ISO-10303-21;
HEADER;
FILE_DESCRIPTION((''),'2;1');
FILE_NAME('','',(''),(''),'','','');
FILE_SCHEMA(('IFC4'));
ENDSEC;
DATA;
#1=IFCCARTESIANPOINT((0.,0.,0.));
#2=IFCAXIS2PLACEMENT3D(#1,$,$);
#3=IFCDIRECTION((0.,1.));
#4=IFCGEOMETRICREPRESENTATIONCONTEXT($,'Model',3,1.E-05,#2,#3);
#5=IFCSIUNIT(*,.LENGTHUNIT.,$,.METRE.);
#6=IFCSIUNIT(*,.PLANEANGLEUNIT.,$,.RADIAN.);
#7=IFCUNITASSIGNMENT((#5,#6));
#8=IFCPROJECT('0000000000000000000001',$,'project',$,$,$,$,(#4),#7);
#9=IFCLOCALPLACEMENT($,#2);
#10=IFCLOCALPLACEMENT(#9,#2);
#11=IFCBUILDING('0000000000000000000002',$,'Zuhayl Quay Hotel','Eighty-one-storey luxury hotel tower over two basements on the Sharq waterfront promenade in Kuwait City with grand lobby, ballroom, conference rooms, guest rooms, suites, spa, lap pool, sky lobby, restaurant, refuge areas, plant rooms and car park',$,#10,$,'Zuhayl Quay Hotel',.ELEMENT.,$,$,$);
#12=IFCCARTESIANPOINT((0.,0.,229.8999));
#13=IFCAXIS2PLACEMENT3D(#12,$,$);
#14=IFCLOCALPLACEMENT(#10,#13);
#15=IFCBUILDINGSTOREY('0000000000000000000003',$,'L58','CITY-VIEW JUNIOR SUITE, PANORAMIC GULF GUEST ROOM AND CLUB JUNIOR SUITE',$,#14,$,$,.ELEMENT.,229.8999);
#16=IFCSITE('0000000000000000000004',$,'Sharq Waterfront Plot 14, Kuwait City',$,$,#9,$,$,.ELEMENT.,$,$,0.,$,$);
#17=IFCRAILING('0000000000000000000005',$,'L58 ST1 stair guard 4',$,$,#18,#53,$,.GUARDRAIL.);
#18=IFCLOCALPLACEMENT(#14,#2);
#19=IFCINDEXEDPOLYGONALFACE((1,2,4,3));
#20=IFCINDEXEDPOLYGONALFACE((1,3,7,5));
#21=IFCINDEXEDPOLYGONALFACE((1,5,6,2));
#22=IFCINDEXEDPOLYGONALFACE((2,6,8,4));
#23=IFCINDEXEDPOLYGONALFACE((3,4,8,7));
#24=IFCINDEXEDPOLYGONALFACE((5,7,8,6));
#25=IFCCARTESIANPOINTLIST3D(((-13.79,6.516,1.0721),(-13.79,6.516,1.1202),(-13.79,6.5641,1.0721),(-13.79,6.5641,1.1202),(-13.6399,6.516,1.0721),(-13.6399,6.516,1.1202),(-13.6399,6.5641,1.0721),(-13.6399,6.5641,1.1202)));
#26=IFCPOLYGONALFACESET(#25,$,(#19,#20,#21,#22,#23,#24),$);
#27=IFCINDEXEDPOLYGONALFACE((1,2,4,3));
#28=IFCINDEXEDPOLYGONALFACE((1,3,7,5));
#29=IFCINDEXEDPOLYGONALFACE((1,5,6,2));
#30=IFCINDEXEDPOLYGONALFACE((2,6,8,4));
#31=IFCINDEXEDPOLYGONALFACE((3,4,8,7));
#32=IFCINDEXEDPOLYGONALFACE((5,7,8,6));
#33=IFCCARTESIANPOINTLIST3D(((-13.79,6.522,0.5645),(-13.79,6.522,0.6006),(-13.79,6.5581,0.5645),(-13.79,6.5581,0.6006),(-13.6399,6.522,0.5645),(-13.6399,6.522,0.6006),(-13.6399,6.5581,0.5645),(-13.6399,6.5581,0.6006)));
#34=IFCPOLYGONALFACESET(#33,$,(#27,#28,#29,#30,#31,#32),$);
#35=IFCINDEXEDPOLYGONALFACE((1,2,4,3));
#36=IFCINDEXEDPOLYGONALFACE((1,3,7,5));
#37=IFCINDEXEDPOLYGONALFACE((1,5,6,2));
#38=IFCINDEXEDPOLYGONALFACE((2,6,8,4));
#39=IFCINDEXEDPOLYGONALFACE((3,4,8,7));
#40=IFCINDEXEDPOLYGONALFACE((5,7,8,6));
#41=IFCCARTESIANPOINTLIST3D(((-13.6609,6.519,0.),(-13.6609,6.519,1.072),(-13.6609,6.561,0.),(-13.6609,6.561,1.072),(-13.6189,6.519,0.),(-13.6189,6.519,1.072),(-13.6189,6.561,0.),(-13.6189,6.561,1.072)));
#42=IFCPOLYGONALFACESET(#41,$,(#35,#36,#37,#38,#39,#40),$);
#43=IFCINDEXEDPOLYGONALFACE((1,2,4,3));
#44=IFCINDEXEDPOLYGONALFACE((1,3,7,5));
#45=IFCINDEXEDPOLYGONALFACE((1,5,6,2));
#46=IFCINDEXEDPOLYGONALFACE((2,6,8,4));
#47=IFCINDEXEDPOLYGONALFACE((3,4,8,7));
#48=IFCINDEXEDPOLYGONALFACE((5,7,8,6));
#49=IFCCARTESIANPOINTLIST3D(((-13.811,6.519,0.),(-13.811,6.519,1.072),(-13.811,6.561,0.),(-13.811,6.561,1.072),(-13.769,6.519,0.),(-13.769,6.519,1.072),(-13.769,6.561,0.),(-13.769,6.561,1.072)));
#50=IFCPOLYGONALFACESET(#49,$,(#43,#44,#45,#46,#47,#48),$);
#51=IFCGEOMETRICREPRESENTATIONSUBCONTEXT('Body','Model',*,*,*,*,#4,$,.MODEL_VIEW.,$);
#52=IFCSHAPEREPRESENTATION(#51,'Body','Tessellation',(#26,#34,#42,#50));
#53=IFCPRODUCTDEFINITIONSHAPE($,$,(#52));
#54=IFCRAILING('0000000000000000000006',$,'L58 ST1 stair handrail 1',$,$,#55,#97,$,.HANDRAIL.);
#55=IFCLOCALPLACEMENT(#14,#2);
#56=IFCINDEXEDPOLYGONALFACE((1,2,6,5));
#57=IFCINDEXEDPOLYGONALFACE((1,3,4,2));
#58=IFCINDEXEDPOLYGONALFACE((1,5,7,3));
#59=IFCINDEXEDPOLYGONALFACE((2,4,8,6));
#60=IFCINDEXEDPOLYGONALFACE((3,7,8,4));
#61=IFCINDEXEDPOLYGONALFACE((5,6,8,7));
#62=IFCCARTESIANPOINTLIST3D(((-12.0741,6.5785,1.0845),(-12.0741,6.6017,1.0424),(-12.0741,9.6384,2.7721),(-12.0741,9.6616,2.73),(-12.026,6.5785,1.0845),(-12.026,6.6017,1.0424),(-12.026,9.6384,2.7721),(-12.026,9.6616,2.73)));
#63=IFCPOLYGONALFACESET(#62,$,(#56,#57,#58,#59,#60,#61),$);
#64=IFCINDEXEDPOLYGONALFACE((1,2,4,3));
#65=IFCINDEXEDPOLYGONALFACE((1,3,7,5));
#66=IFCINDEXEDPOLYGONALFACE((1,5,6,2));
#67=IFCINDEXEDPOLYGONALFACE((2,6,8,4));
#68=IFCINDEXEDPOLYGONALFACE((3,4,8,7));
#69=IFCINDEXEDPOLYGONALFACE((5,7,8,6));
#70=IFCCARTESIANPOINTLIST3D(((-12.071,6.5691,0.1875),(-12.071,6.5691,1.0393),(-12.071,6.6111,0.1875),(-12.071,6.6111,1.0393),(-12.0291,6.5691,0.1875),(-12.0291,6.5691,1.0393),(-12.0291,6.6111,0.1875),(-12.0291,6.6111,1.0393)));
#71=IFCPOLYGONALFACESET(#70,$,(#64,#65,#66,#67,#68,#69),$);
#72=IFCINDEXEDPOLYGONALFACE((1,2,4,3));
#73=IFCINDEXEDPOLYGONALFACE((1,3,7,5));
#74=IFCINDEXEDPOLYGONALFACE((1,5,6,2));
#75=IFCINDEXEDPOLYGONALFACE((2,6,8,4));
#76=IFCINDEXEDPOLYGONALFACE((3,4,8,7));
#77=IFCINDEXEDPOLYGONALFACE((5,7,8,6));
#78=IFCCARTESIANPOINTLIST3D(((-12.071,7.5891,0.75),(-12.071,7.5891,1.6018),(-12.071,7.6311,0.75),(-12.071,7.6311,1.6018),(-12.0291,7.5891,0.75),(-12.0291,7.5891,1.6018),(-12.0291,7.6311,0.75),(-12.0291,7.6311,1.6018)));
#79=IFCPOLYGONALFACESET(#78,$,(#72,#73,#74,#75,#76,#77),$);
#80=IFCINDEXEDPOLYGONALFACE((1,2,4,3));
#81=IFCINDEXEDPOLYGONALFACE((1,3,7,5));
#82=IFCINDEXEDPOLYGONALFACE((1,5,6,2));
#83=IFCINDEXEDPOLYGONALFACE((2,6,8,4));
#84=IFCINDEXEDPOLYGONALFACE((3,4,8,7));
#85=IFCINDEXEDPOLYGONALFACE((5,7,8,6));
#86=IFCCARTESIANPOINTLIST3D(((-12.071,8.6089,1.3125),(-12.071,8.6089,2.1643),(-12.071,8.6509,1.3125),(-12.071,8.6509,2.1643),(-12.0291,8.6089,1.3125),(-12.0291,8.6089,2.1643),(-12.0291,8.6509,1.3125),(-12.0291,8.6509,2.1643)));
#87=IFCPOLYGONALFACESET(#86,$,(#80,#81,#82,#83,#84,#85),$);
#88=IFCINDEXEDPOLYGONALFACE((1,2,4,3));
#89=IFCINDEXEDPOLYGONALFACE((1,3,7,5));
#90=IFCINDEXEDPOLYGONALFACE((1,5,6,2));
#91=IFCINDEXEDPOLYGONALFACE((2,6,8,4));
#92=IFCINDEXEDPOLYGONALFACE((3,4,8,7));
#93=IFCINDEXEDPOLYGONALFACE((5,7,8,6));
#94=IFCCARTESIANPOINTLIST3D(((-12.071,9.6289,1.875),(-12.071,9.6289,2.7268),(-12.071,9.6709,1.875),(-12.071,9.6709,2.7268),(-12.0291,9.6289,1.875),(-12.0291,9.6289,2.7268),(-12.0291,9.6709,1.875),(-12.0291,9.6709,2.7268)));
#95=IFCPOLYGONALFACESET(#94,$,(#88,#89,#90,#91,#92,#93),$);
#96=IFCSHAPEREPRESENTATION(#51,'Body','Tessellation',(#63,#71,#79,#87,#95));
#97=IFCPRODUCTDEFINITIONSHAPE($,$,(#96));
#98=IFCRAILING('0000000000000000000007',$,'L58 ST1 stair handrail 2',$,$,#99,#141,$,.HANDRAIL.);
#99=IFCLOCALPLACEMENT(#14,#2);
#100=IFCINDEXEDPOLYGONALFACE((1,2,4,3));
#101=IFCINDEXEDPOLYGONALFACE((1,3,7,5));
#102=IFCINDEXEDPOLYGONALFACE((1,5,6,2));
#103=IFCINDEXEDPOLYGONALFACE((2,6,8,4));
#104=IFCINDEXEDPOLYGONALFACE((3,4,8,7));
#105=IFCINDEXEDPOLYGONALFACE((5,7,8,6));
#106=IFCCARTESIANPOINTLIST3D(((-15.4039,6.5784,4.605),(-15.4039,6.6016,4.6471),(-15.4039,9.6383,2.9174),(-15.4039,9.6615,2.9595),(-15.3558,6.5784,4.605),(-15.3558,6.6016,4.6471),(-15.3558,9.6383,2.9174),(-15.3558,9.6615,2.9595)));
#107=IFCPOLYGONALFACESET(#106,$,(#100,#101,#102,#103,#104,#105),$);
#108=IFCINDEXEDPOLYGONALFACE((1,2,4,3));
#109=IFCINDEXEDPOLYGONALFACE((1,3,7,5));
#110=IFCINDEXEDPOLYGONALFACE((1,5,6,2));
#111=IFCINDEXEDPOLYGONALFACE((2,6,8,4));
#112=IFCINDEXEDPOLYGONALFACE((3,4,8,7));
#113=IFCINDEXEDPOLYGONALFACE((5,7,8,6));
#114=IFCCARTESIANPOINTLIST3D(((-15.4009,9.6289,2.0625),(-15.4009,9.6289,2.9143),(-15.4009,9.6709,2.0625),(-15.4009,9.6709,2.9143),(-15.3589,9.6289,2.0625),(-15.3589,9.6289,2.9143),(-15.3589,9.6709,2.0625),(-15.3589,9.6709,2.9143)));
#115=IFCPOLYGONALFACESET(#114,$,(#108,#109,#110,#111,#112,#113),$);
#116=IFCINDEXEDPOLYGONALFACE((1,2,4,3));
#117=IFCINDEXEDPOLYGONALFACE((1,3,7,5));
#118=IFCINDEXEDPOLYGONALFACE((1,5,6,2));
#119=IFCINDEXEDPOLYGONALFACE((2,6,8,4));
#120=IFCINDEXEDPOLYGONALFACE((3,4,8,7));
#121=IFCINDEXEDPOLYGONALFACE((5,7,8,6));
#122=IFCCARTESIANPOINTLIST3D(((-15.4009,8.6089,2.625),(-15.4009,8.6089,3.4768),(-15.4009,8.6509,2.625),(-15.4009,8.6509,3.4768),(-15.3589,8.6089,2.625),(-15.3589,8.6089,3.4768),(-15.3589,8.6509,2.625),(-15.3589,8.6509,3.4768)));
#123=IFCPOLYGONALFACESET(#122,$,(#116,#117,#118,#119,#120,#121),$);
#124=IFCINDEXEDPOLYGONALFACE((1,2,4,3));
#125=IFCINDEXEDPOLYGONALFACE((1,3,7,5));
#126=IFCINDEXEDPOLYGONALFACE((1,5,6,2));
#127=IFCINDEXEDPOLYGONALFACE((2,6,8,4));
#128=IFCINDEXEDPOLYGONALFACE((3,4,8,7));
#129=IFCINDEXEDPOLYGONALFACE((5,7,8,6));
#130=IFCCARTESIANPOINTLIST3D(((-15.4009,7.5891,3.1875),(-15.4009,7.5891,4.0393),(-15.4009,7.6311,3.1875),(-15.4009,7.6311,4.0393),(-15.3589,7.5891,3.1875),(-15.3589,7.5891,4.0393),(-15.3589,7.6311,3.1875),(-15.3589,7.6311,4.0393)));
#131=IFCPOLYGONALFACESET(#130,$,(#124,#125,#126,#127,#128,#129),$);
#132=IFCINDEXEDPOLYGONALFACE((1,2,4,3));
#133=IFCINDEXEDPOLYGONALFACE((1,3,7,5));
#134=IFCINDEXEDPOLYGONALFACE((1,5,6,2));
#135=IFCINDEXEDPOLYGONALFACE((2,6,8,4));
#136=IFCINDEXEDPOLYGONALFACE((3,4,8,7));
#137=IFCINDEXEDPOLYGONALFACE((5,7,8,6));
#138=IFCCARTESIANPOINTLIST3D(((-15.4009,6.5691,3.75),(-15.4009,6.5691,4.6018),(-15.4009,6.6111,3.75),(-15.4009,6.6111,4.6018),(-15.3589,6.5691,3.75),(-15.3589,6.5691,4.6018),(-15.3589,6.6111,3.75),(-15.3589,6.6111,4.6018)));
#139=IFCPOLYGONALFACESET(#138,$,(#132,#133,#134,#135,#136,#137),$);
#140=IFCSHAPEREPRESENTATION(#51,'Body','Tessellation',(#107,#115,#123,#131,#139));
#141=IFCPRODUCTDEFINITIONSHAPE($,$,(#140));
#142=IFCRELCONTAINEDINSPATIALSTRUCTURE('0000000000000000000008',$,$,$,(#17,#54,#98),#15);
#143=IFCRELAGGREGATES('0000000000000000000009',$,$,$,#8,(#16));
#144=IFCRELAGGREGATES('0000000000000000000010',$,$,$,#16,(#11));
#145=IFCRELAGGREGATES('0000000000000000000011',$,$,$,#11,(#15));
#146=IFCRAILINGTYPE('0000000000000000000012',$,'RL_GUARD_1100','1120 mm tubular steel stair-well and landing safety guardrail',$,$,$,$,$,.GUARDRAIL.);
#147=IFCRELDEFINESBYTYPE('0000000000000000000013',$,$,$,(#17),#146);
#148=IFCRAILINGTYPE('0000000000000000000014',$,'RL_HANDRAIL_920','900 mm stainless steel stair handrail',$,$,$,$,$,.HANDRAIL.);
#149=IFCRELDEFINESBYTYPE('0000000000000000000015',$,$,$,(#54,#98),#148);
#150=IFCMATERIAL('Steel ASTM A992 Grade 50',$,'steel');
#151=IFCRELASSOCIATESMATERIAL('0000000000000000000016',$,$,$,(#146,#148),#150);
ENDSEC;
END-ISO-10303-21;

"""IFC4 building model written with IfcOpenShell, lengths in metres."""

from ifc_helpers import new_model, si_unit, direction, frame, origin, origin_2d, place, context, subcontext, project, spatial, rectangle, extrude, material, type_object, element, save


model = new_model("IFC4")

# Units and contexts
model_context = context("Model", 3, precision=1e-05, world=origin(), true_north=direction((0.0, 1.0)))
body_context = subcontext(model_context, "Body", "Model", "MODEL_VIEW")
ifc_project = project(units=[si_unit("LENGTHUNIT", "METRE"), si_unit("PLANEANGLEUNIT", "RADIAN")], contexts=[model_context])

# Site, building, storey
site_placement = place(None, origin())
site = spatial("IfcSite", under=ifc_project, at=site_placement, Name="Sharq Waterfront Plot 14, Kuwait City", CompositionType="ELEMENT", RefElevation=0.0)
building_placement = place(site_placement, origin())
building = spatial("IfcBuilding", under=site, at=building_placement, Name="Zuhayl Quay Hotel", Description="Eighty-one-storey luxury hotel tower over two basements on the Sharq waterfront promenade in Kuwait City with grand lobby, ballroom, conference rooms, guest rooms, suites, spa, lap pool, sky lobby, restaurant, refuge areas, plant rooms and car park", LongName="Zuhayl Quay Hotel", CompositionType="ELEMENT")
storey_placement = place(building_placement, frame((0.0, 0.0, 229.8999)))
storey = spatial("IfcBuildingStorey", under=building, at=storey_placement, Name="L58", Description="CITY-VIEW JUNIOR SUITE, PANORAMIC GULF GUEST ROOM AND CLUB JUNIOR SUITE", CompositionType="ELEMENT", Elevation=229.8999)

# Shared definitions
ifc_material_1 = material(Name="Steel ASTM A992 Grade 50", Category="steel")

# Railings
railing_type_1 = type_object("IfcRailingType", Name="RL_GUARD_1100", Description="1120 mm tubular steel stair-well and landing safety guardrail", PredefinedType="GUARDRAIL", material=ifc_material_1)
railing_1_placement = place(storey_placement, frame((-13.6399, 6.54, 0.0)))
element("IfcRailing", 1, at=railing_1_placement, inside=storey, type_object=railing_type_1, Name="L58 ST1 stair guard 4", PredefinedType="GUARDRAIL", context=body_context, shape_type="SweptSolid", body=[
    extrude(rectangle(XDim=0.0481, YDim=0.0481, at=origin_2d()), frame((0.0, 0.0, 1.0962), z_axis=(-1.0, 0.0, 0.0), x_axis=(0.0, -1.0, 0.0)), (0.0, 0.0, 1.0), 0.1501),
    extrude(rectangle(XDim=0.0361, YDim=0.0361, at=origin_2d()), frame((0.0, 0.0, 0.5825), z_axis=(-1.0, 0.0, 0.0), x_axis=(0.0, -1.0, 0.0)), (0.0, 0.0, 1.0), 0.1501),
    extrude(rectangle(XDim=0.042, YDim=0.042, at=origin_2d()), origin(), (0.0, 0.0, 1.0), 1.072),
    extrude(rectangle(XDim=0.042, YDim=0.042, at=origin_2d()), frame((-0.1501, 0.0, 0.0)), (0.0, 0.0, 1.0), 1.072),
])
railing_type_2 = type_object("IfcRailingType", Name="RL_HANDRAIL_920", Description="900 mm stainless steel stair handrail", PredefinedType="HANDRAIL", material=ifc_material_1)
railing_2_placement = place(storey_placement, frame((-12.05, 6.5901, 0.1875)))
element("IfcRailing", 2, at=railing_2_placement, inside=storey, type_object=railing_type_2, Name="L58 ST1 stair handrail 1", PredefinedType="HANDRAIL", context=body_context, shape_type="SweptSolid", body=[
    extrude(rectangle(XDim=0.0481, YDim=0.0481, at=origin_2d()), frame((0.0, 0.0, 0.876), z_axis=(0.0, 0.875659, 0.48293), x_axis=(-1.0, 0.0, 0.0)), (0.0, 0.0, 1.0), 3.4944),
    extrude(rectangle(XDim=0.042, YDim=0.042, at=origin_2d()), origin(), (0.0, 0.0, 1.0), 0.8518),
    extrude(rectangle(XDim=0.042, YDim=0.042, at=origin_2d()), frame((0.0, 1.02, 0.5625)), (0.0, 0.0, 1.0), 0.8518),
    extrude(rectangle(XDim=0.042, YDim=0.042, at=origin_2d()), frame((0.0, 2.0398, 1.125)), (0.0, 0.0, 1.0), 0.8518),
    extrude(rectangle(XDim=0.042, YDim=0.042, at=origin_2d()), frame((0.0, 3.0598, 1.6875)), (0.0, 0.0, 1.0), 0.8518),
])
railing_3_placement = place(storey_placement, frame((-15.3799, 9.6499, 2.0625)))
element("IfcRailing", 3, at=railing_3_placement, inside=storey, type_object=railing_type_2, Name="L58 ST1 stair handrail 2", PredefinedType="HANDRAIL", context=body_context, shape_type="SweptSolid", body=[
    extrude(rectangle(XDim=0.0481, YDim=0.0481, at=origin_2d()), frame((0.0, 0.0, 0.876), z_axis=(0.0, -0.875659, 0.48293), x_axis=(1.0, 0.0, 0.0)), (0.0, 0.0, 1.0), 3.4944),
    extrude(rectangle(XDim=0.042, YDim=0.042, at=origin_2d()), origin(), (0.0, 0.0, 1.0), 0.8518),
    extrude(rectangle(XDim=0.042, YDim=0.042, at=origin_2d()), frame((0.0, -1.02, 0.5625)), (0.0, 0.0, 1.0), 0.8518),
    extrude(rectangle(XDim=0.042, YDim=0.042, at=origin_2d()), frame((0.0, -2.0398, 1.125)), (0.0, 0.0, 1.0), 0.8518),
    extrude(rectangle(XDim=0.042, YDim=0.042, at=origin_2d()), frame((0.0, -3.0598, 1.6875)), (0.0, 0.0, 1.0), 0.8518),
])

save(model, "model.ifc")
